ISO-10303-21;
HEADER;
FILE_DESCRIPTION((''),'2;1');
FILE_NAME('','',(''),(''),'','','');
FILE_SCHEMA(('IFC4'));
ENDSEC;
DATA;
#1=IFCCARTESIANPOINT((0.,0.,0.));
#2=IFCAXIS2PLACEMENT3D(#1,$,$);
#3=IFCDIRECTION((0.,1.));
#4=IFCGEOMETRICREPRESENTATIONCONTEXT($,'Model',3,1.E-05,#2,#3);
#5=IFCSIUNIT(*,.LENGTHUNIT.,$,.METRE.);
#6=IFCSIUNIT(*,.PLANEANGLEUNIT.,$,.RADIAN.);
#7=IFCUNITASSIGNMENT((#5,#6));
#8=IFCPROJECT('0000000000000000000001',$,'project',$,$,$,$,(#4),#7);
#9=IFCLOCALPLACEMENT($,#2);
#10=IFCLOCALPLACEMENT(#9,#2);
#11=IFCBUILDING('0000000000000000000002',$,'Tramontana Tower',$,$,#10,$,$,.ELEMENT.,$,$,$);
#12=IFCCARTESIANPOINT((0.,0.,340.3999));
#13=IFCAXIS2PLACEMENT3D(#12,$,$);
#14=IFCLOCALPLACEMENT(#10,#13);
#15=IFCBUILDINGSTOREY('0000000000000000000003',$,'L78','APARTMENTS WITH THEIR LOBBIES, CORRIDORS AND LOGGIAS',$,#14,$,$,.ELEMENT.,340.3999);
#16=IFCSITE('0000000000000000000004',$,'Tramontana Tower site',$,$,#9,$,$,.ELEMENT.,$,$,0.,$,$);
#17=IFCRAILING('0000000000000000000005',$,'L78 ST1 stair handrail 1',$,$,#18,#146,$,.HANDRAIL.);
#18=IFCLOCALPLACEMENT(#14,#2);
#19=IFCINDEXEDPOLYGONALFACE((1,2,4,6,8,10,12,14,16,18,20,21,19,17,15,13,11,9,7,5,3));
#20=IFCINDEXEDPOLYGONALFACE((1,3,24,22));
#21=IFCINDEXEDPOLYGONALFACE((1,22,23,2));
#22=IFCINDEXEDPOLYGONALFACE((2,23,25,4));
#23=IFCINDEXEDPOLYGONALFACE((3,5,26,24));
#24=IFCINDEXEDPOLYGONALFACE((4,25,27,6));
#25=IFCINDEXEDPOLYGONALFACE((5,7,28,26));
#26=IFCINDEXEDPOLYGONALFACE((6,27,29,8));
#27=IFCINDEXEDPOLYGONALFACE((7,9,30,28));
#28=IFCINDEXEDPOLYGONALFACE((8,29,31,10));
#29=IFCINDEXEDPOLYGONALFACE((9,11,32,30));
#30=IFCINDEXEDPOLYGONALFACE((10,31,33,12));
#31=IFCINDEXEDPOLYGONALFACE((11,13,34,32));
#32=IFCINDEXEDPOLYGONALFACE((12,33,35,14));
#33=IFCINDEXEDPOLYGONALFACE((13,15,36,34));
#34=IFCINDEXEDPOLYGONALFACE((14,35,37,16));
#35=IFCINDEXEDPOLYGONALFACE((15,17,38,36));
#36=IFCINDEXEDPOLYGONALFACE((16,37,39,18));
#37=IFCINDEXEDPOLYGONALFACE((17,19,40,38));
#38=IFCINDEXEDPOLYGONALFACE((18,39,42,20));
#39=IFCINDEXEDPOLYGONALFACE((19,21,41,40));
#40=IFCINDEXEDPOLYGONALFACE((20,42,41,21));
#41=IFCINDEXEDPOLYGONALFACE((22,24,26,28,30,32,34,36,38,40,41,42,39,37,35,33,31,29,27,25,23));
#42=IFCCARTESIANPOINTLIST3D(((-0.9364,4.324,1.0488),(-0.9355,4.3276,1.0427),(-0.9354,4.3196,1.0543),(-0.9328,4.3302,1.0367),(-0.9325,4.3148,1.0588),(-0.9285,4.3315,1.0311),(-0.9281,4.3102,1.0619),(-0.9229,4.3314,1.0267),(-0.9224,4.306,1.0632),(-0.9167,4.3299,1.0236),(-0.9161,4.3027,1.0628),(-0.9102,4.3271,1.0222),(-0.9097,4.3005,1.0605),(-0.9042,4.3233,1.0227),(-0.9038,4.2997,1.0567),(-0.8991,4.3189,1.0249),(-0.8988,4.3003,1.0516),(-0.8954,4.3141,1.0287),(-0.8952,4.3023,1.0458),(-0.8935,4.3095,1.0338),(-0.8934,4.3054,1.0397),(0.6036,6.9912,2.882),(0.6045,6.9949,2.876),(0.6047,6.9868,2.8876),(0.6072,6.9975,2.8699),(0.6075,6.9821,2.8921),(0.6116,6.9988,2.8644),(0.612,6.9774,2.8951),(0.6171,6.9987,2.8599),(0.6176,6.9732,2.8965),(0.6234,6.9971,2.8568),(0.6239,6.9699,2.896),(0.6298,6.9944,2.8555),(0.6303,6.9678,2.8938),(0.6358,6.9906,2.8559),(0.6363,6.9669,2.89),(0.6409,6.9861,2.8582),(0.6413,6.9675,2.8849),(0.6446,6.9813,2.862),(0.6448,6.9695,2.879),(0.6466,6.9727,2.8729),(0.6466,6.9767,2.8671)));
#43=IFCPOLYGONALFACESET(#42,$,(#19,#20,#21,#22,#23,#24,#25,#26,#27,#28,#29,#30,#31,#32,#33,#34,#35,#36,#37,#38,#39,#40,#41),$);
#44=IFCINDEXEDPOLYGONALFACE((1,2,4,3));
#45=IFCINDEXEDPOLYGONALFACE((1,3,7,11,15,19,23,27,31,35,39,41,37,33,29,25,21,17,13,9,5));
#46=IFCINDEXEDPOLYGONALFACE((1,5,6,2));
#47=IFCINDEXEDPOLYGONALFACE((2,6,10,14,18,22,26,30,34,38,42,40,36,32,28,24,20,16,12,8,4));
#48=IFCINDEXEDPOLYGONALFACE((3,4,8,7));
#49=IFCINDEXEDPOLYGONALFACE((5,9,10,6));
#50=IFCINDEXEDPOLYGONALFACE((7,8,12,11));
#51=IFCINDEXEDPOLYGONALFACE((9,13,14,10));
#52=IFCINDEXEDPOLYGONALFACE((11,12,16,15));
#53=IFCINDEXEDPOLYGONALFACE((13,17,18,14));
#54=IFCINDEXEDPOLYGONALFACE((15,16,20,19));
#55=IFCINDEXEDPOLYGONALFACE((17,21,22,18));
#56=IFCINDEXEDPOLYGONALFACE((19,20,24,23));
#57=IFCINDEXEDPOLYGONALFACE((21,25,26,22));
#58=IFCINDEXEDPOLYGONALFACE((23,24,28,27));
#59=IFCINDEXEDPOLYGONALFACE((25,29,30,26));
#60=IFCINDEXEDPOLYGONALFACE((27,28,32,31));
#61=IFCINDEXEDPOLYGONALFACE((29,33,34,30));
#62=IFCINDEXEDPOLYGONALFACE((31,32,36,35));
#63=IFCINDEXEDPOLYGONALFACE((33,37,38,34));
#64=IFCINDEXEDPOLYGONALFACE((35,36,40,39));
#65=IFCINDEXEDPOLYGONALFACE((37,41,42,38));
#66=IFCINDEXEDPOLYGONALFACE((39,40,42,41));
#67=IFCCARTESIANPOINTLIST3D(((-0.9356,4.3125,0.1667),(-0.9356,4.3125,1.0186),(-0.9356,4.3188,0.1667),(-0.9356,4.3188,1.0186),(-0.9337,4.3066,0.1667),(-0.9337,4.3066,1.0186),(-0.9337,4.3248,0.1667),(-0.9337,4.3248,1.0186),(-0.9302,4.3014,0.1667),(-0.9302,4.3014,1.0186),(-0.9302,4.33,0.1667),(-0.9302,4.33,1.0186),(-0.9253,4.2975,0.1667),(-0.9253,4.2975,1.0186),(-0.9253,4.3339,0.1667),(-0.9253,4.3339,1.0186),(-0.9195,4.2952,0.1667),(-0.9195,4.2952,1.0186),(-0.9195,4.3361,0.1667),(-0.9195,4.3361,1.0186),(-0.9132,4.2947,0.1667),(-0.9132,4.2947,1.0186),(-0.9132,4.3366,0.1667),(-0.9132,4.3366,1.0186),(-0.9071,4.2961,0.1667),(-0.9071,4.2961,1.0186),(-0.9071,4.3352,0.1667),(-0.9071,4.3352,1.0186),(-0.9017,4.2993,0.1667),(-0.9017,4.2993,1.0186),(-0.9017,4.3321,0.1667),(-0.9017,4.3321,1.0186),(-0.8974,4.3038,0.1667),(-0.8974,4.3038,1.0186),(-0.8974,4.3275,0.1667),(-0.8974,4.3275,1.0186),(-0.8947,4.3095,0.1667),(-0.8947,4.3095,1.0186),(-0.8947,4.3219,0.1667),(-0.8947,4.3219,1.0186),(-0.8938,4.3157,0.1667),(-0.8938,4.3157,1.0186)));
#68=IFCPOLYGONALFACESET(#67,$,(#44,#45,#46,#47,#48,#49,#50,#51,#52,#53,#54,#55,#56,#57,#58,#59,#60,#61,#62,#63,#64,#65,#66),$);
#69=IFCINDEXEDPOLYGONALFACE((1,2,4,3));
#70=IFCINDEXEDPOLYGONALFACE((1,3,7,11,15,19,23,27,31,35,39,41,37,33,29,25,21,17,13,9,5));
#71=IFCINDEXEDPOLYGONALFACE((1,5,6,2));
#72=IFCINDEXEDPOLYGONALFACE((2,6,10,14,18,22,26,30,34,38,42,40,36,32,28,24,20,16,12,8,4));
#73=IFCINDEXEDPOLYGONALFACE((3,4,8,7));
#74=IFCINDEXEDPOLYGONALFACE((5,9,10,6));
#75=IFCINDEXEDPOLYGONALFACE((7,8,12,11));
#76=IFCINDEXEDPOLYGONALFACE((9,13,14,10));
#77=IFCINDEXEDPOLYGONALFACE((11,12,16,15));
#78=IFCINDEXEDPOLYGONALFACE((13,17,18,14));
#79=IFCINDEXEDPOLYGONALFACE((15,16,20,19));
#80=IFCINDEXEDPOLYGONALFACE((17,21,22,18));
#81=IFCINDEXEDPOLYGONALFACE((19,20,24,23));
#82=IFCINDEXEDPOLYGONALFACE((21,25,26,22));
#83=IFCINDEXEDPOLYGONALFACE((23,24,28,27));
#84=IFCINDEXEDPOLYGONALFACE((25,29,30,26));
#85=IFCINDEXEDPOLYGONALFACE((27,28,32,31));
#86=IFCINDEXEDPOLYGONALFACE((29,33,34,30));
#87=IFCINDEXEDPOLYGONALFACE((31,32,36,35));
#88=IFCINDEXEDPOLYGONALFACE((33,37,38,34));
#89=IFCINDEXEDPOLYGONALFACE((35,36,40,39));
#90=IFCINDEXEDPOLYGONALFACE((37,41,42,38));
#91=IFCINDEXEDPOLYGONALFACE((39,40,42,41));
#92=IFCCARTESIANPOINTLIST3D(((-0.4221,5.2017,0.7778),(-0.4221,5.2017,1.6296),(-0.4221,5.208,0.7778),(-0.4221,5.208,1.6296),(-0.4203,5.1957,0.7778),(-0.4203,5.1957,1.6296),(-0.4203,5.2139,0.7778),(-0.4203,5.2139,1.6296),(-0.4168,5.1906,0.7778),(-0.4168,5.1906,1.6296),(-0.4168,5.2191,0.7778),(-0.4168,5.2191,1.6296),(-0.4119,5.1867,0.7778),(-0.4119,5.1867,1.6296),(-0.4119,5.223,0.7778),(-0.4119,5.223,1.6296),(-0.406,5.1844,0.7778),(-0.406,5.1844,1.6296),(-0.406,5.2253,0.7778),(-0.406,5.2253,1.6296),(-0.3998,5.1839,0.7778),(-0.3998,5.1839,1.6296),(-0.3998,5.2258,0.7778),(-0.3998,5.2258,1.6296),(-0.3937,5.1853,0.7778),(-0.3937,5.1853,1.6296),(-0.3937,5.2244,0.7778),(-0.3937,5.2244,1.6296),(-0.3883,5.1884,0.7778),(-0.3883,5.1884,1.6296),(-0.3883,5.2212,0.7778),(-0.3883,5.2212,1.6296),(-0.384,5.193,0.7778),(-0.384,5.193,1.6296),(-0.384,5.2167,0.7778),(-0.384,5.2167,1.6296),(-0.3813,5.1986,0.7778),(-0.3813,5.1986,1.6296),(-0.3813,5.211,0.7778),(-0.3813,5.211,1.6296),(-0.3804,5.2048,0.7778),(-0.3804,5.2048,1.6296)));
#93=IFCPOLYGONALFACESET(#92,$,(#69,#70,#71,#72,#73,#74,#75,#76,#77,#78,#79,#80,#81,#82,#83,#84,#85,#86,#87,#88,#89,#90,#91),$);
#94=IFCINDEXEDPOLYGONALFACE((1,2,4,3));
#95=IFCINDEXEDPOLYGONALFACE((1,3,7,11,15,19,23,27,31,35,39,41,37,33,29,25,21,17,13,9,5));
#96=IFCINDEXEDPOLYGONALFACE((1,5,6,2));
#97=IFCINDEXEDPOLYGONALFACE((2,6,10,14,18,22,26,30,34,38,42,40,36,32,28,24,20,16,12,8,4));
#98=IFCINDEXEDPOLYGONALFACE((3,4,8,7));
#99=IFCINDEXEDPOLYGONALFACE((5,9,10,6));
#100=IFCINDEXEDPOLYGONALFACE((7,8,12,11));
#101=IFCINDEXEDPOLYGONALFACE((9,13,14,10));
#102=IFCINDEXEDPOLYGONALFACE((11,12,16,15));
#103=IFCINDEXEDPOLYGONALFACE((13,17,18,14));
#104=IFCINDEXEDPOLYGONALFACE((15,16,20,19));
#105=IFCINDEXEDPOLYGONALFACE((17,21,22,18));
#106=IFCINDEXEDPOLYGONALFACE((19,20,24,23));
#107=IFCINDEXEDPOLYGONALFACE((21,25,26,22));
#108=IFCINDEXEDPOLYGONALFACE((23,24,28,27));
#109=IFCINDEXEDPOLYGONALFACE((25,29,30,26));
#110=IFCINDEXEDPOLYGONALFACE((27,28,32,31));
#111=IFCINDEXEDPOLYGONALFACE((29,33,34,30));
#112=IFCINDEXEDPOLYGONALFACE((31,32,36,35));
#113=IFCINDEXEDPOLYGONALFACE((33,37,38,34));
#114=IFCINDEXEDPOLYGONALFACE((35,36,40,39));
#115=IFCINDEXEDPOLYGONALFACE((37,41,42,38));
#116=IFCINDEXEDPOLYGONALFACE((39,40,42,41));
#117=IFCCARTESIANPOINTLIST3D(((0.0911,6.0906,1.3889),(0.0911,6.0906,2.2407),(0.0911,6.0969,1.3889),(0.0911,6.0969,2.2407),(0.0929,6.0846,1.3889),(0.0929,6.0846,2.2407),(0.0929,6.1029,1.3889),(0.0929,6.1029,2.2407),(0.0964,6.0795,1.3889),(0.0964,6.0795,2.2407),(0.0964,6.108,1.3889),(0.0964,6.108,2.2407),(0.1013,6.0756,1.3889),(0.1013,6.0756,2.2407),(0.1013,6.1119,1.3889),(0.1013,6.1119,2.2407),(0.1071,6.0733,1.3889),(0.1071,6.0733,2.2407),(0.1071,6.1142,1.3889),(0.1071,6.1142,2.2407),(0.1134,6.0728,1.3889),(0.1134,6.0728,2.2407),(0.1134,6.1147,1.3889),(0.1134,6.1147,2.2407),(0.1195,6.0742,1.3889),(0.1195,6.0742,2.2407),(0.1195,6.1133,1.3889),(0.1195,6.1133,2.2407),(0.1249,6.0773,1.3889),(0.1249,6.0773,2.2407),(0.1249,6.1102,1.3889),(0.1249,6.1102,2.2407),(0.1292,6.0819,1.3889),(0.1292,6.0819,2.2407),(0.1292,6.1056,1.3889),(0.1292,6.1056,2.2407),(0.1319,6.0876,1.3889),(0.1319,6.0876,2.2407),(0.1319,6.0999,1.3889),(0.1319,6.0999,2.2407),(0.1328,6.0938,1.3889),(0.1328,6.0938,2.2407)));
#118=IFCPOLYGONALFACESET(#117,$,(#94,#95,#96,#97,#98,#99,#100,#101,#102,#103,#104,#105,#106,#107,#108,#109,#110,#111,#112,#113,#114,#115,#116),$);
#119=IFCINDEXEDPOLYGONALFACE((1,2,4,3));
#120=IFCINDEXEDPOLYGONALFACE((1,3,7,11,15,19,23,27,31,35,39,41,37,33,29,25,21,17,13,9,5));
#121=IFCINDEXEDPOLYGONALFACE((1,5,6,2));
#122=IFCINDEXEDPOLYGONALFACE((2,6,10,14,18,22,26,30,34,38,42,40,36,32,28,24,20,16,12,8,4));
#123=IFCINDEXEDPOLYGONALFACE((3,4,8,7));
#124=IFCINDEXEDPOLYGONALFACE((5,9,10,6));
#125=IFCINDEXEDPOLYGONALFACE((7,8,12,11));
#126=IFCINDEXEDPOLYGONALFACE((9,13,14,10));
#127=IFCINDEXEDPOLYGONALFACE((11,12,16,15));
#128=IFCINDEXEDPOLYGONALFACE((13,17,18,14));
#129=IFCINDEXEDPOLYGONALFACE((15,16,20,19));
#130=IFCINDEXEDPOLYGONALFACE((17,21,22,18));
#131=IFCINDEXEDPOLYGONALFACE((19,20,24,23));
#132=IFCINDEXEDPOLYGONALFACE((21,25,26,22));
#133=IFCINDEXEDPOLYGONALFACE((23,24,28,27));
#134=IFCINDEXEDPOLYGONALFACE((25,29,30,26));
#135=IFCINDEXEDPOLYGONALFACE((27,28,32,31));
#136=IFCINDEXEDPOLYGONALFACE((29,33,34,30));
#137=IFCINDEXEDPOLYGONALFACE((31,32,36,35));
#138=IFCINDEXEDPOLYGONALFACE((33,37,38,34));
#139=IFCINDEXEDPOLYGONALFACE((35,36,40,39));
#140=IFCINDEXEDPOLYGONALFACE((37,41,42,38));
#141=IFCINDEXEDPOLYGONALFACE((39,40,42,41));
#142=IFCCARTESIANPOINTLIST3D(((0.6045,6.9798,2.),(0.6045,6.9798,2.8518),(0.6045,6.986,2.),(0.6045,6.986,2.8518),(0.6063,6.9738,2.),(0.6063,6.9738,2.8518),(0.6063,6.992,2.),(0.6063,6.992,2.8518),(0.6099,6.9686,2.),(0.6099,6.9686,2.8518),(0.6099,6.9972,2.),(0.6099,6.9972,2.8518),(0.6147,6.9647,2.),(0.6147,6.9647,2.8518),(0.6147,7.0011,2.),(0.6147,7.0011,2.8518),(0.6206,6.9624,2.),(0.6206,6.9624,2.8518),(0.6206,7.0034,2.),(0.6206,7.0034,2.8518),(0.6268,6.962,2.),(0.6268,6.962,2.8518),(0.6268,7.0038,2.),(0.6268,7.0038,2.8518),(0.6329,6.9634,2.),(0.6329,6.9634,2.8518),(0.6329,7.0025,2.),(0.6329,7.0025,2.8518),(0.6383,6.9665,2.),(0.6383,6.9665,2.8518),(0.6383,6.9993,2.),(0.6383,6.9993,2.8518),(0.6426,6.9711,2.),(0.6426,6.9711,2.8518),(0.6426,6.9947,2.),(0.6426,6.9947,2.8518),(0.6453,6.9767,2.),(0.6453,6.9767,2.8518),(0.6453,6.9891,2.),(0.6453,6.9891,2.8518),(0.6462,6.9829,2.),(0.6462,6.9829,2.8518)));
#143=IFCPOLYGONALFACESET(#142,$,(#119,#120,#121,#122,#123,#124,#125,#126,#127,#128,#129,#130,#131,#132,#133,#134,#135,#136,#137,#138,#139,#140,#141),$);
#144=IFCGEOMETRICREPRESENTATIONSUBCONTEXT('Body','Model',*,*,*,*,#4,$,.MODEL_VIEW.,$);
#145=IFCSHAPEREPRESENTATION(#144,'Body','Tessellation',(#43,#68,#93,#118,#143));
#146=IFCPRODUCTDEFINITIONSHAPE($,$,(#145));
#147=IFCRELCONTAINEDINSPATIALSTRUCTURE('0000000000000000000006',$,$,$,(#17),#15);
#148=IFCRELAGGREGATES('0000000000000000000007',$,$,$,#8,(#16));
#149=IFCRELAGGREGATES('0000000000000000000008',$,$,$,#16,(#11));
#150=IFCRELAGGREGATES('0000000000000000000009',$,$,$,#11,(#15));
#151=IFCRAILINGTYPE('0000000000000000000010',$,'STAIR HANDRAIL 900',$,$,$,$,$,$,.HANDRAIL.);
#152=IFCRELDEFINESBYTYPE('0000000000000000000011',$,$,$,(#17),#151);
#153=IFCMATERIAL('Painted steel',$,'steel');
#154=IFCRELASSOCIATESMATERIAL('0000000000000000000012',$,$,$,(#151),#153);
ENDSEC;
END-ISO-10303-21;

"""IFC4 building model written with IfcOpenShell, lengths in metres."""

from ifc_helpers import new_model, si_unit, direction, frame, origin, origin_2d, place, context, subcontext, project, spatial, circle, extrude, material, type_object, element, save


model = new_model("IFC4")

# Units and contexts
model_context = context("Model", 3, precision=1e-05, world=origin(), true_north=direction((0.0, 1.0)))
body_context = subcontext(model_context, "Body", "Model", "MODEL_VIEW")
ifc_project = project(units=[si_unit("LENGTHUNIT", "METRE"), si_unit("PLANEANGLEUNIT", "RADIAN")], contexts=[model_context])

# Site, building, storey
site_placement = place(None, origin())
site = spatial("IfcSite", under=ifc_project, at=site_placement, Name="Tramontana Tower site", CompositionType="ELEMENT", RefElevation=0.0)
building_placement = place(site_placement, origin())
building = spatial("IfcBuilding", under=site, at=building_placement, Name="Tramontana Tower", CompositionType="ELEMENT")
storey_placement = place(building_placement, frame((0.0, 0.0, 340.3999)))
storey = spatial("IfcBuildingStorey", under=building, at=storey_placement, Name="L78", Description="APARTMENTS WITH THEIR LOBBIES, CORRIDORS AND LOGGIAS", CompositionType="ELEMENT", Elevation=340.3999)

# Railing
ifc_material_1 = material(Name="Painted steel", Category="steel")
railing_type_1 = type_object("IfcRailingType", Name="STAIR HANDRAIL 900", PredefinedType="HANDRAIL", material=ifc_material_1)
railing_1_placement = place(storey_placement, frame((-0.9148, 4.3157, 0.1667)))
element("IfcRailing", 1, at=railing_1_placement, inside=storey, type_object=railing_type_1, Name="L78 ST1 stair handrail 1", PredefinedType="HANDRAIL", context=body_context, shape_type="SweptSolid", body=[
    extrude(circle(Radius=0.0239, at=origin_2d()), frame((0.0, 0.0, 0.876), z_axis=(0.429671, 0.744159, 0.511478), x_axis=(-0.86601, 0.500027, 0.0)), (0.0, 0.0, 1.0), 3.5842),
    extrude(circle(Radius=0.021, at=origin_2d()), origin(), (0.0, 0.0, 1.0), 0.8518),
    extrude(circle(Radius=0.021, at=origin_2d()), frame((0.5134, 0.8892, 0.6111)), (0.0, 0.0, 1.0), 0.8518),
    extrude(circle(Radius=0.021, at=origin_2d()), frame((1.0266, 1.7781, 1.2222)), (0.0, 0.0, 1.0), 0.8518),
    extrude(circle(Radius=0.021, at=origin_2d()), frame((1.54, 2.6672, 1.8333)), (0.0, 0.0, 1.0), 0.8518),
])

save(model, "model.ifc")
